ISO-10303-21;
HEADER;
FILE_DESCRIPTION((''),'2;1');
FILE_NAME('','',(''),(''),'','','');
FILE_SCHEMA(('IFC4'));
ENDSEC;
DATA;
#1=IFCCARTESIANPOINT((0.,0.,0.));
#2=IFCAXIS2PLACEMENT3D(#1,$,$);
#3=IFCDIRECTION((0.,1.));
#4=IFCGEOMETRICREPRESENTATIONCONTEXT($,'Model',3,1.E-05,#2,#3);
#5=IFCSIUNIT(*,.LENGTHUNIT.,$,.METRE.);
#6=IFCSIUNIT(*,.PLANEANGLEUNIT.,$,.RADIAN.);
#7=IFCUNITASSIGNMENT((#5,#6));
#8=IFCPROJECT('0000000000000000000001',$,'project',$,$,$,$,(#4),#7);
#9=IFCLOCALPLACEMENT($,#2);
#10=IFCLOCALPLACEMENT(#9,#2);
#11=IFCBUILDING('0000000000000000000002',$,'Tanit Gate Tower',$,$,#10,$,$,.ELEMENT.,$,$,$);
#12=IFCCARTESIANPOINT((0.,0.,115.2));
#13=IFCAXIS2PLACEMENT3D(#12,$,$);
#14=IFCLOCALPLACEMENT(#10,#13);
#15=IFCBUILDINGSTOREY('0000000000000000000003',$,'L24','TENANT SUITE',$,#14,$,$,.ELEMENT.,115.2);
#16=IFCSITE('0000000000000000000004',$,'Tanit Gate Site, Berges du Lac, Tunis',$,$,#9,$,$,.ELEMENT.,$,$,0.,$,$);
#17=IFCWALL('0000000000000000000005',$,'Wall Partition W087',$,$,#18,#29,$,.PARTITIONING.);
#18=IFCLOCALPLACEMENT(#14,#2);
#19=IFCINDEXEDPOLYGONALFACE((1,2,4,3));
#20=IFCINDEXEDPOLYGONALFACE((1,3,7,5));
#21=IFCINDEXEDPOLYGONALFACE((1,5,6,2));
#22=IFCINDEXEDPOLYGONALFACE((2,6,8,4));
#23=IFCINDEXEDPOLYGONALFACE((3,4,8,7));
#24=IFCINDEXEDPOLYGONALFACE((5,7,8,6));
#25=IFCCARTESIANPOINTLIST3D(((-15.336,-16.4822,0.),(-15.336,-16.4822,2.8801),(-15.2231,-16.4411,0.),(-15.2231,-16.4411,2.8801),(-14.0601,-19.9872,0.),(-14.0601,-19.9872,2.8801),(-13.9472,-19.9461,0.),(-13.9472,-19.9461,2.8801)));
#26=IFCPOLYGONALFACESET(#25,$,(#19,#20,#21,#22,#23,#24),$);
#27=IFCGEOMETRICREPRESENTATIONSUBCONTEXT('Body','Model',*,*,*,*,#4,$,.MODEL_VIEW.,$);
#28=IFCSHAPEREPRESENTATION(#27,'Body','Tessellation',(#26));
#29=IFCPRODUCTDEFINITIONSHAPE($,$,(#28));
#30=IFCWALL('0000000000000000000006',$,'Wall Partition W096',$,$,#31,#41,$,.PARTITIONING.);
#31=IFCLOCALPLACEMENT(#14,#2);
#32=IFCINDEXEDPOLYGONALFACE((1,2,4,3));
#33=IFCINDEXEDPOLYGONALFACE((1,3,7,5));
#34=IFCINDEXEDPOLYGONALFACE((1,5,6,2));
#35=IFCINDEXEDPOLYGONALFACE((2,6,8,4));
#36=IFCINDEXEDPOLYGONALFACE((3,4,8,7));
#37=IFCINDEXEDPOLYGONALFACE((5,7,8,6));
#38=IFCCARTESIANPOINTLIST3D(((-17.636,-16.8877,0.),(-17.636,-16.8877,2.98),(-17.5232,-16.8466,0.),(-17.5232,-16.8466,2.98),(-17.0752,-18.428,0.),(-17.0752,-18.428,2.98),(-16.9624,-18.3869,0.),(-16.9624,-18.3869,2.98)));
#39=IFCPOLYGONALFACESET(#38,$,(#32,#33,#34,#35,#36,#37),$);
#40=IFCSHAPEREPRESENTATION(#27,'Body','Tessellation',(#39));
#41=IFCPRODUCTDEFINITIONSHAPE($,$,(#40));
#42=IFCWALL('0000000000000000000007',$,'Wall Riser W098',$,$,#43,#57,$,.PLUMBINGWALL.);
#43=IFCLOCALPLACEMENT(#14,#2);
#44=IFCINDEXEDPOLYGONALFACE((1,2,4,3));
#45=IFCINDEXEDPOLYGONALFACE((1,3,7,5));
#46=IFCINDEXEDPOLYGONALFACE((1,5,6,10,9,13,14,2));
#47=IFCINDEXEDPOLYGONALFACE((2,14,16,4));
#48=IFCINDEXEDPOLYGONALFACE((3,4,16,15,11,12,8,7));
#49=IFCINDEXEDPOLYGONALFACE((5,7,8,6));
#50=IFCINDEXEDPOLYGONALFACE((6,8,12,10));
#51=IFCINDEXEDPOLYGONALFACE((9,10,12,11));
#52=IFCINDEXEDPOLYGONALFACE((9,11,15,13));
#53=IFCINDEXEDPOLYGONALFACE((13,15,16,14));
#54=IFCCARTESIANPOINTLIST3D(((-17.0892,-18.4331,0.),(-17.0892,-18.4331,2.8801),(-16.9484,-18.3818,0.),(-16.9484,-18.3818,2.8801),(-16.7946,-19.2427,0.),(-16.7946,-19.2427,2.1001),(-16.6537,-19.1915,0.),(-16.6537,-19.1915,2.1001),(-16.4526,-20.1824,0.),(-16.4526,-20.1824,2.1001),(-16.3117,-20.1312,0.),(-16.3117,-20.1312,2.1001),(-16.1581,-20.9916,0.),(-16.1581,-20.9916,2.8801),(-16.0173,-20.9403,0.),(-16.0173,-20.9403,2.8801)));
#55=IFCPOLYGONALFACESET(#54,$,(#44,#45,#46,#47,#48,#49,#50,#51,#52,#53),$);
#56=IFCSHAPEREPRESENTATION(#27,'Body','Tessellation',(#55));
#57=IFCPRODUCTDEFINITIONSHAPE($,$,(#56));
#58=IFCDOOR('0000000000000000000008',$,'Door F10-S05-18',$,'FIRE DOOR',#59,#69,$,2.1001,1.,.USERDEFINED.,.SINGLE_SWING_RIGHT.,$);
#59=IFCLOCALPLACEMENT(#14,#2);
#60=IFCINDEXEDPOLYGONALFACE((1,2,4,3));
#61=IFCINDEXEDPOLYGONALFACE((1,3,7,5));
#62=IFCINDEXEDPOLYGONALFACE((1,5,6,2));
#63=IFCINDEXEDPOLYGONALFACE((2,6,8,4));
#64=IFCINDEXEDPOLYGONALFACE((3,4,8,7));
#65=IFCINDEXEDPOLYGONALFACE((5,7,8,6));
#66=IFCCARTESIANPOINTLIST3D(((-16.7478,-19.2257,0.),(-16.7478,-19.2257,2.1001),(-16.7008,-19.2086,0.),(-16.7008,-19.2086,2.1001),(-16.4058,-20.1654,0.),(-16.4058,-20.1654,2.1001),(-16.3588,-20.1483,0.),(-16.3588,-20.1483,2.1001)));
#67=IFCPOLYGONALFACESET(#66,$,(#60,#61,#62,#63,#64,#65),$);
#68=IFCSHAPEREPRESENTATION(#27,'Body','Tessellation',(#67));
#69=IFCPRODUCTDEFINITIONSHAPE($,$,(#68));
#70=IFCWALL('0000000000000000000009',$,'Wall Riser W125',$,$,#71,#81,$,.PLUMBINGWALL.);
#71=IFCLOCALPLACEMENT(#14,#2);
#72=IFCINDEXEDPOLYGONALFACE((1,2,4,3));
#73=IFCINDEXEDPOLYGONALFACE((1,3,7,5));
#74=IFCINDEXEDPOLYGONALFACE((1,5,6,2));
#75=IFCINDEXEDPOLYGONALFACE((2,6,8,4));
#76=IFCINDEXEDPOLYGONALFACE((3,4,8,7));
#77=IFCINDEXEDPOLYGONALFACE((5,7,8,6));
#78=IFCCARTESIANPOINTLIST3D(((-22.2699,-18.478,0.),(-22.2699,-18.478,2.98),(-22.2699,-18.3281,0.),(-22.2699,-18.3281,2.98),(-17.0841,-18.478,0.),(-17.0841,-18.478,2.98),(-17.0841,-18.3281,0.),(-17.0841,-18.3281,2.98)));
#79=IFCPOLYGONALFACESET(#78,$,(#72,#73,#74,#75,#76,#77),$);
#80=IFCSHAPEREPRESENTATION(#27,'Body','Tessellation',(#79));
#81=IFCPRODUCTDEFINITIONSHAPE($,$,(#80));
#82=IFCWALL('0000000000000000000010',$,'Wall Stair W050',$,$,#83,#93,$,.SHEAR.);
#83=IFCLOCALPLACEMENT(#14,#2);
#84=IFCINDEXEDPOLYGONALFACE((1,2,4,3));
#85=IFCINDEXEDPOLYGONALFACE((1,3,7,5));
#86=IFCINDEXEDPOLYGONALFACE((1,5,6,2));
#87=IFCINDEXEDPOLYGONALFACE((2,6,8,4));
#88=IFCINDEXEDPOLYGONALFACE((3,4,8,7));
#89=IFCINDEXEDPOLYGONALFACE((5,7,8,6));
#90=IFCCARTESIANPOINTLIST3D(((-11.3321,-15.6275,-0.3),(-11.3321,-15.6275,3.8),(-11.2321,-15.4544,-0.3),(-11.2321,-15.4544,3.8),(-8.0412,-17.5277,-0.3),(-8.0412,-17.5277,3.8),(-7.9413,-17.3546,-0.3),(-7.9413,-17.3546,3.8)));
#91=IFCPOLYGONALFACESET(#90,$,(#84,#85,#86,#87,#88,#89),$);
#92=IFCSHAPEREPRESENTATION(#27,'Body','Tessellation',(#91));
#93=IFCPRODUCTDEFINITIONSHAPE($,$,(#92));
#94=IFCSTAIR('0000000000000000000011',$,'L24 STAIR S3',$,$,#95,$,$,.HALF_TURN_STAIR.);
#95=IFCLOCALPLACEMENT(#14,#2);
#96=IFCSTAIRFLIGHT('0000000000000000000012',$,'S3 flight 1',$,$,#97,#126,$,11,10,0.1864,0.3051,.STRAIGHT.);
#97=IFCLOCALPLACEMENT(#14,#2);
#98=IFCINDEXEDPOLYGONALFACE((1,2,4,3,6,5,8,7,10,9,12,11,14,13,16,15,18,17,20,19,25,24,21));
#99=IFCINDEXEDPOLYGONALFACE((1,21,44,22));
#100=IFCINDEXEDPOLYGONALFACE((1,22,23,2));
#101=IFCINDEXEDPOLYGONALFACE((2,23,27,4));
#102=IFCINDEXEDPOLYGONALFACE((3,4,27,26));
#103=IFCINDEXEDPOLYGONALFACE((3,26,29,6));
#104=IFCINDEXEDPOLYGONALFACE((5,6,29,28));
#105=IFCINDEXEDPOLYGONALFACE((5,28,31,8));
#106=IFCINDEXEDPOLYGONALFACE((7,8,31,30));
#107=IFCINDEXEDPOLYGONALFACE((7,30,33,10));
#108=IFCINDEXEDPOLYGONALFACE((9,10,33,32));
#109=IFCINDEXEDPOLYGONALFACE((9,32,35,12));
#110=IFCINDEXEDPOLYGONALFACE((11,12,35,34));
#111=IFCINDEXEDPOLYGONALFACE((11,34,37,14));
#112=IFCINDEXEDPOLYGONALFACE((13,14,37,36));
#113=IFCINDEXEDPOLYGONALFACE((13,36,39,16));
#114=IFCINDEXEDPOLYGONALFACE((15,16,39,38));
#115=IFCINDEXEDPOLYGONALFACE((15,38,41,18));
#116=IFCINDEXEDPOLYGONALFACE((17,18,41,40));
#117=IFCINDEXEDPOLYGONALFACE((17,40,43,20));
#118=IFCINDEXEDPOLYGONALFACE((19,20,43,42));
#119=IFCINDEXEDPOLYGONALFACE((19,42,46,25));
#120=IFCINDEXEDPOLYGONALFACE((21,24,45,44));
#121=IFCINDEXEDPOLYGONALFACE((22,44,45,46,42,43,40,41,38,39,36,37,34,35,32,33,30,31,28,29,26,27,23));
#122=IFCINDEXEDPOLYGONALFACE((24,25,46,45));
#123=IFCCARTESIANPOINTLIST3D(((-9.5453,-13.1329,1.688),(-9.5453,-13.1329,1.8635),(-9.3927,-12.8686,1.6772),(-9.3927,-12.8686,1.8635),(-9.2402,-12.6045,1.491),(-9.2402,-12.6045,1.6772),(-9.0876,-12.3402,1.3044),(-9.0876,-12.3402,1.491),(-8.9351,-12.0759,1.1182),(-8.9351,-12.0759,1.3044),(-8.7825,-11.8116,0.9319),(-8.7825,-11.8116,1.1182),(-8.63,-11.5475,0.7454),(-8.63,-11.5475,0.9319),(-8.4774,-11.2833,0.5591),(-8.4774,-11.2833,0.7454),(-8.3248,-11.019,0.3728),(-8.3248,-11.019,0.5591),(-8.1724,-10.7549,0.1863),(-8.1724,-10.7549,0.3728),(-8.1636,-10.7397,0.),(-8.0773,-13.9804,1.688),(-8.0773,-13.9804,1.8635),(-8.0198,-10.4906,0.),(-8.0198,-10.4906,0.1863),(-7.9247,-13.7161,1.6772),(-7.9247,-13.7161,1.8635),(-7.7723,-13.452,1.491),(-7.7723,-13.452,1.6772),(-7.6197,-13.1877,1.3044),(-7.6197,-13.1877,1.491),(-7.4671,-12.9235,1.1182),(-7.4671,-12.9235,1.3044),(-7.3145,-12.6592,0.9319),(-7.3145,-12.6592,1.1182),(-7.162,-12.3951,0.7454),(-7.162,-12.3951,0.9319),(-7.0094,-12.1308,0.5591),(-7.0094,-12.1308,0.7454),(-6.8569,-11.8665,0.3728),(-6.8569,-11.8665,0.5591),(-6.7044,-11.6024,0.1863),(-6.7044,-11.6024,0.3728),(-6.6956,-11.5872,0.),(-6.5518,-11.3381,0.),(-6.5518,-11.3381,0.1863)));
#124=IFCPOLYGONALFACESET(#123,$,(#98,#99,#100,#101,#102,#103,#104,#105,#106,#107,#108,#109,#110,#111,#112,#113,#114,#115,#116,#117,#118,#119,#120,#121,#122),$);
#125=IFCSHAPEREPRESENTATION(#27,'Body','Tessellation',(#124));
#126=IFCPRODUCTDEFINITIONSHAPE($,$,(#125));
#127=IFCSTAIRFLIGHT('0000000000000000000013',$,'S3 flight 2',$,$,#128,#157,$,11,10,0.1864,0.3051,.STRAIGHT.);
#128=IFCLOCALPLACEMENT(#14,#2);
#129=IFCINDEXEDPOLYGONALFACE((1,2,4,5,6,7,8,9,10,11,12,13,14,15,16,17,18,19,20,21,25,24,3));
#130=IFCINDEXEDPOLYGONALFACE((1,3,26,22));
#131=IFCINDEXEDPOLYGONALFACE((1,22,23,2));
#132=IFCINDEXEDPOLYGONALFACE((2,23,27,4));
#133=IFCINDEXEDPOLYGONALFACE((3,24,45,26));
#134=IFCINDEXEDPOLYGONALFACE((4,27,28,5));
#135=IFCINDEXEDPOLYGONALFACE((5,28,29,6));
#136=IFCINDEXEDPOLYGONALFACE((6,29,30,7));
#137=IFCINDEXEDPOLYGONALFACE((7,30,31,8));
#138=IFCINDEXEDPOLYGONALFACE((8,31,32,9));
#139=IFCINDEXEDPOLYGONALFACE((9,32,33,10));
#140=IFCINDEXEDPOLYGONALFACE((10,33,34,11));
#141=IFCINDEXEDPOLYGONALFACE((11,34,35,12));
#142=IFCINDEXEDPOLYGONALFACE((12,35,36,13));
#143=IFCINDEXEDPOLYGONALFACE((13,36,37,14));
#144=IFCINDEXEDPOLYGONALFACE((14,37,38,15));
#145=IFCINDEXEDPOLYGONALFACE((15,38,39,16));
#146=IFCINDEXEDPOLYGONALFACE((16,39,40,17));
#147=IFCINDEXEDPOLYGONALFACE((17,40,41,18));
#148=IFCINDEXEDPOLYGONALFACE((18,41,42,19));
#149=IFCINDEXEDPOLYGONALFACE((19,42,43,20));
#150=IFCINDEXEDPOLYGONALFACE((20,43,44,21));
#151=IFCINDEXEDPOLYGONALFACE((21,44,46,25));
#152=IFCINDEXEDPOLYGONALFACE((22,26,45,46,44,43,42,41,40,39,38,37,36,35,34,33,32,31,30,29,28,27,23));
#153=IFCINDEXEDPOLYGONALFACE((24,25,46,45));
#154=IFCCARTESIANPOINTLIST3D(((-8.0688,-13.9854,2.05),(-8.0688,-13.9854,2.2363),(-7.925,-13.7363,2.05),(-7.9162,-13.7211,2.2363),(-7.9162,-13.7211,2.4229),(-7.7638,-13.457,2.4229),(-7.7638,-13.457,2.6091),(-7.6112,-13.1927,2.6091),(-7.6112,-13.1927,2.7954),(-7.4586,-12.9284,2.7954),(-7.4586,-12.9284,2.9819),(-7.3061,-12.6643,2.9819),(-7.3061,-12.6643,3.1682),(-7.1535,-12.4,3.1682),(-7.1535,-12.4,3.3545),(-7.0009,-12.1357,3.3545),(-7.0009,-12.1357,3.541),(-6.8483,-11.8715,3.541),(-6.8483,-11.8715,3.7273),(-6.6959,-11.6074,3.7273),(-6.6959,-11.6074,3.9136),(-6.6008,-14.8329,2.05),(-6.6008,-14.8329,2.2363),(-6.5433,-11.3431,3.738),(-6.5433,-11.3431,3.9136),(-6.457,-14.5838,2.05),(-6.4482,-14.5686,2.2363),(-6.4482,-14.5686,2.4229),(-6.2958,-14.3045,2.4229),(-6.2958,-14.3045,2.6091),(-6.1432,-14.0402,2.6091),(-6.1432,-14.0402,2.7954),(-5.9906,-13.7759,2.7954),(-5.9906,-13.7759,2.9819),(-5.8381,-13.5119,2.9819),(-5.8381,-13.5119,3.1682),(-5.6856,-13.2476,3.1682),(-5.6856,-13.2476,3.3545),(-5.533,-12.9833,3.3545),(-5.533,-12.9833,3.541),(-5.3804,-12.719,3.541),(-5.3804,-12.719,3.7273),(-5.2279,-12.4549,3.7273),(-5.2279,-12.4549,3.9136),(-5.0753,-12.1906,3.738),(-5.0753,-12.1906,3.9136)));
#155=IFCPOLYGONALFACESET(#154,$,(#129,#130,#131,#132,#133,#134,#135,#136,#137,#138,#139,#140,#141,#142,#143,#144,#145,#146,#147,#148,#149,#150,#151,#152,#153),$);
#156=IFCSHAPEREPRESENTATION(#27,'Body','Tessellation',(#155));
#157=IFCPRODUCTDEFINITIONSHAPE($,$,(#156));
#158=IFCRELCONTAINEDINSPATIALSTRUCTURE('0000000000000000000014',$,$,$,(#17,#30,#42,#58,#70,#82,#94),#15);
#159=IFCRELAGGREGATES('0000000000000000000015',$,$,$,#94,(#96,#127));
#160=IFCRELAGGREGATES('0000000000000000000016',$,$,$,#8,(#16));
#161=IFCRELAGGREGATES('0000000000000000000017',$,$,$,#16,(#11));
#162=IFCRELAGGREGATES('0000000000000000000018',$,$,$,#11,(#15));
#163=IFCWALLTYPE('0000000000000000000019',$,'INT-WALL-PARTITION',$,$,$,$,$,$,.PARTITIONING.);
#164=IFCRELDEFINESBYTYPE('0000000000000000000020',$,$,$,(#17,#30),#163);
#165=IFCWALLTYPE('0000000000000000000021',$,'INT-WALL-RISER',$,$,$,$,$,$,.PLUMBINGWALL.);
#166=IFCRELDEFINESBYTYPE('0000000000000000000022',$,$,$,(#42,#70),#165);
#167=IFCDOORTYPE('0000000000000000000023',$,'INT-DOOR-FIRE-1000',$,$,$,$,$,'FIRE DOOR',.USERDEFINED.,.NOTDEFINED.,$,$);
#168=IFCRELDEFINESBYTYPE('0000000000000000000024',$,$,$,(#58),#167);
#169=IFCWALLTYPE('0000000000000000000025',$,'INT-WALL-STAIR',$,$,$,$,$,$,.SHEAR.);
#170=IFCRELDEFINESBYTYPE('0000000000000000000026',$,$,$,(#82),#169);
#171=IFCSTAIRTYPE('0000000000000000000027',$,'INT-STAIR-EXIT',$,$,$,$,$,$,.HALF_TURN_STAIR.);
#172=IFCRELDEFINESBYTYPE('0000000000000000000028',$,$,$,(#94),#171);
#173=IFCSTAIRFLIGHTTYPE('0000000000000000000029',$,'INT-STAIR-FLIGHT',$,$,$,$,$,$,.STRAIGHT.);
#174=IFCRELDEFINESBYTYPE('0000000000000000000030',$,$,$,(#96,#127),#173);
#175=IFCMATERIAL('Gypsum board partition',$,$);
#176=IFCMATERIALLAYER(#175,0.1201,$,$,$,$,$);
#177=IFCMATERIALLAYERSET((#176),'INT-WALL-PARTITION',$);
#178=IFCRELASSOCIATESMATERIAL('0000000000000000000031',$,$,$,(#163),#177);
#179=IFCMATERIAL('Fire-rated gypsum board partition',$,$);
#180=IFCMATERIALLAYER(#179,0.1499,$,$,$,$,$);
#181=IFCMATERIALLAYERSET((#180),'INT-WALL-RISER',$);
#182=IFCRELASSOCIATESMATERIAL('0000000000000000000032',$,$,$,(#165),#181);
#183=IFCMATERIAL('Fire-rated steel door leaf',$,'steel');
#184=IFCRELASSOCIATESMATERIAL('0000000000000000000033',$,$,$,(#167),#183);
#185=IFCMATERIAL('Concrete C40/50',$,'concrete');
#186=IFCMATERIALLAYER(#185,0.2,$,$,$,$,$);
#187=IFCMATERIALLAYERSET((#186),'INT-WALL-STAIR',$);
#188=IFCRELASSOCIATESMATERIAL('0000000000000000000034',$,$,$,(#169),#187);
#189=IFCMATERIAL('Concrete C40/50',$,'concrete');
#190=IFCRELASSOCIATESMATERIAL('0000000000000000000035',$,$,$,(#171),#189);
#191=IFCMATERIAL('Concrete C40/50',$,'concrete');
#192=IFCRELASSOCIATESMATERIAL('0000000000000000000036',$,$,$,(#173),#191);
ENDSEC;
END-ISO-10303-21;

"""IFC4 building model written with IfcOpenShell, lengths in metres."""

from ifc_helpers import new_model, si_unit, direction, frame, frame_2d, origin, place, context, subcontext, project, spatial, polyline, rectangle, outline, extrude, material, layer, layer_set, type_object, element, fill, aggregate, save


model = new_model("IFC4")

# Units and contexts
model_context = context("Model", 3, precision=1e-05, world=origin(), true_north=direction((0.0, 1.0)))
body_context = subcontext(model_context, "Body", "Model", "MODEL_VIEW")
ifc_project = project(units=[si_unit("LENGTHUNIT", "METRE"), si_unit("PLANEANGLEUNIT", "RADIAN")], contexts=[model_context])

# Site, building, storey
site_placement = place(None, origin())
site = spatial("IfcSite", under=ifc_project, at=site_placement, Name="Tanit Gate Site, Berges du Lac, Tunis", CompositionType="ELEMENT", RefElevation=0.0)
building_placement = place(site_placement, origin())
building = spatial("IfcBuilding", under=site, at=building_placement, Name="Tanit Gate Tower", CompositionType="ELEMENT")
storey_placement = place(building_placement, frame((0.0, 0.0, 115.2)))
storey = spatial("IfcBuildingStorey", under=building, at=storey_placement, Name="L24", Description="TENANT SUITE", CompositionType="ELEMENT", Elevation=115.2)

# Walls
ifc_material_1 = material(Name="Gypsum board partition")
ifc_layer_1 = layer(ifc_material_1, 0.1201)
ifc_layer_set_1 = layer_set([ifc_layer_1], Name="INT-WALL-PARTITION")
wall_type_1 = type_object("IfcWallType", Name="INT-WALL-PARTITION", PredefinedType="PARTITIONING", material=ifc_layer_set_1)
wall_1_placement = place(storey_placement, frame((-15.2795, -16.4617, 0.0), z_axis=(0.0, 0.0, 1.0), x_axis=(0.342069, -0.939675, 0.0)))
element("IfcWall", 1, at=wall_1_placement, inside=storey, type_object=wall_type_1, Name="Wall Partition W087", PredefinedType="PARTITIONING", context=body_context, shape_type="SweptSolid", body=[
    extrude(rectangle(XDim=3.73, YDim=0.1201, at=frame_2d((1.865, 0.0))), origin(), (0.0, 0.0, 1.0), 2.8801),
])
wall_2_placement = place(storey_placement, frame((-17.5796, -16.8672, 0.0), z_axis=(0.0, 0.0, 1.0), x_axis=(0.342114, -0.939659, 0.0)))
element("IfcWall", 2, at=wall_2_placement, inside=storey, type_object=wall_type_1, Name="Wall Partition W096", PredefinedType="PARTITIONING", context=body_context, shape_type="SweptSolid", body=[
    extrude(rectangle(XDim=1.6392, YDim=0.1201, at=frame_2d((0.8196, 0.0))), origin(), (0.0, 0.0, 1.0), 2.98),
])

# Wall, opening, door
ifc_material_2 = material(Name="Fire-rated gypsum board partition")
ifc_layer_2 = layer(ifc_material_2, 0.1499)
ifc_layer_set_2 = layer_set([ifc_layer_2], Name="INT-WALL-RISER")
wall_type_2 = type_object("IfcWallType", Name="INT-WALL-RISER", PredefinedType="PLUMBINGWALL", material=ifc_layer_set_2)
wall_3_placement = place(storey_placement, frame((-17.0188, -18.4075, 0.0), z_axis=(0.0, 0.0, 1.0), x_axis=(0.341988, -0.939704, 0.0)))
wall_3 = element("IfcWall", 3, at=wall_3_placement, inside=storey, type_object=wall_type_2, Name="Wall Riser W098", PredefinedType="PLUMBINGWALL", context=body_context, shape_type="SweptSolid", body=[
    extrude(rectangle(XDim=2.7227, YDim=0.1499, at=frame_2d((1.3613, 0.0))), origin(), (0.0, 0.0, 1.0), 2.8801),
])
opening_1_placement = place(wall_3_placement, frame((0.8616, 0.0, 0.0)))
opening_1 = element("IfcOpeningElement", 4, at=opening_1_placement, cuts=wall_3, PredefinedType="OPENING", context=body_context, shape_type="SweptSolid", body=[
    extrude(rectangle(XDim=1.0, YDim=2.1001, at=frame_2d((0.5, 1.05))), frame((0.0, 0.085, 0.0), z_axis=(0.0, -1.0, 0.0), x_axis=(1.0, 0.0, 0.0)), (0.0, 0.0, 1.0), 0.1699),
])
ifc_material_3 = material(Name="Fire-rated steel door leaf", Category="steel")
door_type_1 = type_object("IfcDoorType", Name="INT-DOOR-FIRE-1000", ElementType="FIRE DOOR", OperationType="NOTDEFINED", PredefinedType="USERDEFINED", material=ifc_material_3)
door_1_placement = place(opening_1_placement, origin())
door_1 = element("IfcDoor", 5, at=door_1_placement, inside=storey, type_object=door_type_1, Name="Door F10-S05-18", ObjectType="FIRE DOOR", OperationType="SINGLE_SWING_RIGHT", OverallHeight=2.1001, OverallWidth=1.0, PredefinedType="USERDEFINED", context=body_context, shape_type="SweptSolid", body=[
    extrude(rectangle(XDim=1.0, YDim=2.1001, at=frame_2d((0.5, 1.05))), frame((0.0, 0.0249, 0.0), z_axis=(0.0, -1.0, 0.0), x_axis=(1.0, 0.0, 0.0)), (0.0, 0.0, 1.0), 0.05),
])
fill(opening_1, door_1)

# Walls
wall_4_placement = place(storey_placement, frame((-17.0842, -18.4031, 0.0), z_axis=(0.0, 0.0, 1.0), x_axis=(-1.0, 0.0, 0.0)))
element("IfcWall", 6, at=wall_4_placement, inside=storey, type_object=wall_type_2, Name="Wall Riser W125", PredefinedType="PLUMBINGWALL", context=body_context, shape_type="SweptSolid", body=[
    extrude(rectangle(XDim=5.1858, YDim=0.1499, at=frame_2d((2.5928, 0.0))), origin(), (0.0, 0.0, 1.0), 2.98),
])
ifc_material_4 = material(Name="Concrete C40/50", Category="concrete")
ifc_layer_3 = layer(ifc_material_4, 0.2)
ifc_layer_set_3 = layer_set([ifc_layer_3], Name="INT-WALL-STAIR")
wall_type_3 = type_object("IfcWallType", Name="INT-WALL-STAIR", PredefinedType="SHEAR", material=ifc_layer_set_3)
wall_5_placement = place(storey_placement, frame((-11.282, -15.541, -0.3), z_axis=(0.0, 0.0, 1.0), x_axis=(0.866, -0.500043, 0.0)))
element("IfcWall", 7, at=wall_5_placement, inside=storey, type_object=wall_type_3, Name="Wall Stair W050", PredefinedType="SHEAR", context=body_context, shape_type="SweptSolid", body=[
    extrude(rectangle(XDim=3.8, YDim=0.2, at=frame_2d((1.8999, 0.0))), origin(), (0.0, 0.0, 1.0), 4.1001),
])

# Stair, stair flights
ifc_material_5 = material(Name="Concrete C40/50", Category="concrete")
stair_type = type_object("IfcStairType", Name="INT-STAIR-EXIT", PredefinedType="HALF_TURN_STAIR", material=ifc_material_5)
stair_placement = place(storey_placement, origin())
stair = element("IfcStair", 8, at=stair_placement, inside=storey, type_object=stair_type, Name="L24 STAIR S3", PredefinedType="HALF_TURN_STAIR")
ifc_material_6 = material(Name="Concrete C40/50", Category="concrete")
stair_flight_type = type_object("IfcStairFlightType", Name="INT-STAIR-FLIGHT", PredefinedType="STRAIGHT", material=ifc_material_6)
stair_flight_1_placement = place(storey_placement, frame((-7.2859, -10.9143, 0.0), z_axis=(0.0, 0.0, 1.0), x_axis=(-0.5, -0.866025, 0.0)))
stair_flight_1 = element("IfcStairFlight", 9, at=stair_flight_1_placement, type_object=stair_flight_type, Name="S3 flight 1", NumberOfRisers=11, NumberOfTreads=10, PredefinedType="STRAIGHT", RiserHeight=0.1864, TreadLength=0.3051, context=body_context, shape_type="SweptSolid", body=[
    extrude(outline(polyline([(0.0, 0.0), (0.0, 0.1863), (0.3052, 0.1863), (0.3052, 0.3728), (0.6101, 0.3728), (0.6101, 0.5591), (0.9153, 0.5591), (0.9153, 0.7454), (1.2205, 0.7454), (1.2205, 0.9319), (1.5254, 0.9319), (1.5254, 1.1182), (1.8306, 1.1182), (1.8306, 1.3044), (2.1357, 1.3044), (2.1357, 1.491), (2.4409, 1.491), (2.4409, 1.6772), (2.7458, 1.6772), (2.7458, 1.8635), (3.051, 1.8635), (3.051, 2.05), (3.051, 1.688), (0.2876, 0.0), (0.0, 0.0)])), frame((0.0, 0.8477, 0.0), z_axis=(0.0, -1.0, 0.0), x_axis=(1.0, 0.0, 0.0)), (0.0, 0.0, 1.0), 1.6951),
])
stair_flight_2_placement = place(storey_placement, frame((-7.3347, -14.4092, 2.05), z_axis=(0.0, 0.0, 1.0), x_axis=(0.5, 0.866025, 0.0)))
stair_flight_2 = element("IfcStairFlight", 10, at=stair_flight_2_placement, type_object=stair_flight_type, Name="S3 flight 2", NumberOfRisers=11, NumberOfTreads=10, PredefinedType="STRAIGHT", RiserHeight=0.1864, TreadLength=0.3051, context=body_context, shape_type="SweptSolid", body=[
    extrude(outline(polyline([(0.0, 0.0), (0.0, 0.1863), (0.3052, 0.1863), (0.3052, 0.3728), (0.6101, 0.3728), (0.6101, 0.5591), (0.9153, 0.5591), (0.9153, 0.7454), (1.2205, 0.7454), (1.2205, 0.9319), (1.5254, 0.9319), (1.5254, 1.1182), (1.8306, 1.1182), (1.8306, 1.3044), (2.1357, 1.3044), (2.1357, 1.491), (2.4409, 1.491), (2.4409, 1.6772), (2.7458, 1.6772), (2.7458, 1.8635), (3.051, 1.8635), (3.051, 2.05), (3.051, 1.688), (0.2876, 0.0), (0.0, 0.0)])), frame((0.0, 0.8477, 0.0), z_axis=(0.0, -1.0, 0.0), x_axis=(1.0, 0.0, 0.0)), (0.0, 0.0, 1.0), 1.6951),
])
aggregate(stair, [stair_flight_1, stair_flight_2])

save(model, "model.ifc")
